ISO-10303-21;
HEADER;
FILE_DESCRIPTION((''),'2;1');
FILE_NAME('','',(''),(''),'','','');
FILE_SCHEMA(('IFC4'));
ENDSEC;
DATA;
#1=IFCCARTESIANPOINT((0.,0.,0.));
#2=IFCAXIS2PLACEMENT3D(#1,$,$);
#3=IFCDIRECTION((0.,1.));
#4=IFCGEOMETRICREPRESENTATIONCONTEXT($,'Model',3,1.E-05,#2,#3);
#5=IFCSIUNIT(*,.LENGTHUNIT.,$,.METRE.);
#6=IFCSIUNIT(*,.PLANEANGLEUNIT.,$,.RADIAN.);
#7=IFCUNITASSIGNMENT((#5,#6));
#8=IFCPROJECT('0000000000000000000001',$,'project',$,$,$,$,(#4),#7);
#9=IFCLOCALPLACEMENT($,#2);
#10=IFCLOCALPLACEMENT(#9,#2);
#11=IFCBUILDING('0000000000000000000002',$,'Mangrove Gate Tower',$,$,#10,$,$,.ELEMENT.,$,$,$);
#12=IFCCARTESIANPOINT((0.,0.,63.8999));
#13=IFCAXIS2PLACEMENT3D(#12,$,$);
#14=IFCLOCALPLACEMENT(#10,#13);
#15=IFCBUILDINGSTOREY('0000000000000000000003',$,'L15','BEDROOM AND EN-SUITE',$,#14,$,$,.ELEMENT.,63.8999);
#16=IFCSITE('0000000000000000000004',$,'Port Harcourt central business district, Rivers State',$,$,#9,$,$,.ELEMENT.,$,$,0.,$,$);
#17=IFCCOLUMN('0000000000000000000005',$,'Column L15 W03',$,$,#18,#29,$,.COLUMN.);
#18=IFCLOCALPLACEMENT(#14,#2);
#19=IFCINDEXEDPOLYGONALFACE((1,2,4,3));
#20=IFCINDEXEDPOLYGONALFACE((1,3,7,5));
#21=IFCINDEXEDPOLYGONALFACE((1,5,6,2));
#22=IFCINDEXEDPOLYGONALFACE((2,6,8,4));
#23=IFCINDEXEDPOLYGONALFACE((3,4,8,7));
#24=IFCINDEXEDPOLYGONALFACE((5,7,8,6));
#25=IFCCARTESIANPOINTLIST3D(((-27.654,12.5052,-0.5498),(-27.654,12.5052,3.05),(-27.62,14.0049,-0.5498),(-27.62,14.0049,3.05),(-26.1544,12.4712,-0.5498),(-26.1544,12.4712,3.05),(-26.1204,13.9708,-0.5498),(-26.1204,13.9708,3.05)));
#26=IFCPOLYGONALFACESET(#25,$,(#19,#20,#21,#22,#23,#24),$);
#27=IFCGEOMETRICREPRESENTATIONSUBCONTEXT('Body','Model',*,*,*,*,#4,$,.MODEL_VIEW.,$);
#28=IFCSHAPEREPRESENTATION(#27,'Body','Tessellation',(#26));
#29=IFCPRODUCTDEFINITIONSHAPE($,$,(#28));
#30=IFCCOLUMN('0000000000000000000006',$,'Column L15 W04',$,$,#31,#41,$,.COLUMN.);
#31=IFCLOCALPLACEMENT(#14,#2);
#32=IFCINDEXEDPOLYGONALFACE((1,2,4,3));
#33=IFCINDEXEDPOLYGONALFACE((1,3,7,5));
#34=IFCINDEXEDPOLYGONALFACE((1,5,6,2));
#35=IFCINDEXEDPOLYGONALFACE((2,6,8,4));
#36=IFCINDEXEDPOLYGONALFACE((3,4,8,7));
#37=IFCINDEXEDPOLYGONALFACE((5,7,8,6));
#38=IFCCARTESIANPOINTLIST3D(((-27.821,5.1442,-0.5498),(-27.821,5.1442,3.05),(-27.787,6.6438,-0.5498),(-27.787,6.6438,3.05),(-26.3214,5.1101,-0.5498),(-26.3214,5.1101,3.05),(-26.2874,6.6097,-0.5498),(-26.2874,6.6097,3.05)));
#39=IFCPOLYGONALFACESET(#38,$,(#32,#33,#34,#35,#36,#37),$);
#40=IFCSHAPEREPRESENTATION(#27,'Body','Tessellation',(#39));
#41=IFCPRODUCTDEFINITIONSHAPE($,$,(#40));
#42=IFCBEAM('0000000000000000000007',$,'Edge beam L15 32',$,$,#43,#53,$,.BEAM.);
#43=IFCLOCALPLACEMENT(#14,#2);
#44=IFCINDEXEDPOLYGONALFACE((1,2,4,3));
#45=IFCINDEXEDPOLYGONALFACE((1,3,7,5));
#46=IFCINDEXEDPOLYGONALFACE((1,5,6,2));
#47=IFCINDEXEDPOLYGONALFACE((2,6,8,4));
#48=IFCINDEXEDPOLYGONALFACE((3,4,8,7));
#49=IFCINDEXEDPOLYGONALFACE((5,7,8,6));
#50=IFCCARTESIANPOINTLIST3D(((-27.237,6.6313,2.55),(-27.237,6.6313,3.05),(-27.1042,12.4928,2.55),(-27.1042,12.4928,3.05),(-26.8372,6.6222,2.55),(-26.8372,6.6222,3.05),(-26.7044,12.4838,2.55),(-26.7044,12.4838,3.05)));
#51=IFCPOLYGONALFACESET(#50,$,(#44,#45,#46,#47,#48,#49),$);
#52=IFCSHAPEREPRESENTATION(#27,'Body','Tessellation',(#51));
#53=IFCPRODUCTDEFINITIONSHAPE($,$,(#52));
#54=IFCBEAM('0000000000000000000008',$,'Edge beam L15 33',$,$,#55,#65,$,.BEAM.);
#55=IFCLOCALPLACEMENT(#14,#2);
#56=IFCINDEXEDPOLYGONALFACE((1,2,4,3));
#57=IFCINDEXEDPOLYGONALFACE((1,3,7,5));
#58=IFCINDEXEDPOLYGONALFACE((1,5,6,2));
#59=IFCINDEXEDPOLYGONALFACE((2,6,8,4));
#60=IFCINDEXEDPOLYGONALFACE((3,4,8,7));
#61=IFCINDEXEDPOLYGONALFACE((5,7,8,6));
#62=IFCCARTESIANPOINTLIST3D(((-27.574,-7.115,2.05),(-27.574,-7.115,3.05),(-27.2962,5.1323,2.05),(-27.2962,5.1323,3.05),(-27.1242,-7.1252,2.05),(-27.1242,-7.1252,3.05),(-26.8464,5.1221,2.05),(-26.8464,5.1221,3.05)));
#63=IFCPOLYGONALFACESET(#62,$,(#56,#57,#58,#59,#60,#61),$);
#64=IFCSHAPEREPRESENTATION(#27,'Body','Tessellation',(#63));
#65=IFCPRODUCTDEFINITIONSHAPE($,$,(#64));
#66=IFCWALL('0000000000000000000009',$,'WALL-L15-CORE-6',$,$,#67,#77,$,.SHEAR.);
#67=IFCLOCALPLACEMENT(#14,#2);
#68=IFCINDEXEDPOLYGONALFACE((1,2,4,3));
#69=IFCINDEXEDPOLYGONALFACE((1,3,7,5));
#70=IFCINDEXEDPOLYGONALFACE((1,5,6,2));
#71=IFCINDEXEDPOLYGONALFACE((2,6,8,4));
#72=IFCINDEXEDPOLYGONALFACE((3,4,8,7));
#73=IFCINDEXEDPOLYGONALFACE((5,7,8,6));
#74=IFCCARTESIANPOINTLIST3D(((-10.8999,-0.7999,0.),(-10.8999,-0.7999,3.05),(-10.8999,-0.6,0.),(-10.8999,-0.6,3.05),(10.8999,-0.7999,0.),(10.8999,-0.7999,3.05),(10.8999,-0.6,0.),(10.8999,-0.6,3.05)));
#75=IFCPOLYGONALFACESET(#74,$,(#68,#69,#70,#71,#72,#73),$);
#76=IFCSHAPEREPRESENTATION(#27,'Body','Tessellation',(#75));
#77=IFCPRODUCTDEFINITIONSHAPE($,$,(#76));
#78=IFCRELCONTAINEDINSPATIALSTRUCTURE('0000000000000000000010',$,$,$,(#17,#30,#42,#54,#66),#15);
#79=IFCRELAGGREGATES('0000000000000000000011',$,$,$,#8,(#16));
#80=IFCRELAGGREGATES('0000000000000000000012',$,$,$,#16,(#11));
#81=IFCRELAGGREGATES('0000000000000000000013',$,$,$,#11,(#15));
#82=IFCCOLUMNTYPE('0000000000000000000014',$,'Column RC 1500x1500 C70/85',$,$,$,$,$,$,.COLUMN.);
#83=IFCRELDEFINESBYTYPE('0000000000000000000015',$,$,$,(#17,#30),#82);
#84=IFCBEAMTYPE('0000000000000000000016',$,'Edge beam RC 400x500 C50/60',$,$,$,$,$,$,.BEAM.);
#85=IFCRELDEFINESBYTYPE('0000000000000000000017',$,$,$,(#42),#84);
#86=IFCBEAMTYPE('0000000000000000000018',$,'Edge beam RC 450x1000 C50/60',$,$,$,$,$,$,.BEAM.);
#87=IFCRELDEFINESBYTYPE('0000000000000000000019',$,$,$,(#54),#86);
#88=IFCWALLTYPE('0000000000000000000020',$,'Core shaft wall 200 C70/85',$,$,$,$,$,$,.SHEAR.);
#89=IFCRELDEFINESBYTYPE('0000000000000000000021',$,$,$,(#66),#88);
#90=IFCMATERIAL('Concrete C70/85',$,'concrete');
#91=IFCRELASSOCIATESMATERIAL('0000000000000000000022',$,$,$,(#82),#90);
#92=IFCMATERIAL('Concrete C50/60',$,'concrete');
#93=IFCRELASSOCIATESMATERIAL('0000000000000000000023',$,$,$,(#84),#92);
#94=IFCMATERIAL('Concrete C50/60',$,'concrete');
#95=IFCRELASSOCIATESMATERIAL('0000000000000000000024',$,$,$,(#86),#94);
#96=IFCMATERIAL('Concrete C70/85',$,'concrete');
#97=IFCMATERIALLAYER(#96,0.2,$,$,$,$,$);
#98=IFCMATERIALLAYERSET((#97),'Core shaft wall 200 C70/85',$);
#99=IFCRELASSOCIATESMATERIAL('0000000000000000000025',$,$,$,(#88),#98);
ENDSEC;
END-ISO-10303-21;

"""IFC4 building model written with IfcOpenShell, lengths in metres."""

from ifc_helpers import new_model, si_unit, direction, frame, frame_2d, origin, origin_2d, place, context, subcontext, project, spatial, rectangle, extrude, material, layer, layer_set, material_profile, profile_set, type_object, element, save


model = new_model("IFC4")

# Units and contexts
model_context = context("Model", 3, precision=1e-05, world=origin(), true_north=direction((0.0, 1.0)))
body_context = subcontext(model_context, "Body", "Model", "MODEL_VIEW")
ifc_project = project(units=[si_unit("LENGTHUNIT", "METRE"), si_unit("PLANEANGLEUNIT", "RADIAN")], contexts=[model_context])

# Site, building, storey
site_placement = place(None, origin())
site = spatial("IfcSite", under=ifc_project, at=site_placement, Name="Port Harcourt central business district, Rivers State", CompositionType="ELEMENT", RefElevation=0.0)
building_placement = place(site_placement, origin())
building = spatial("IfcBuilding", under=site, at=building_placement, Name="Mangrove Gate Tower", CompositionType="ELEMENT")
storey_placement = place(building_placement, frame((0.0, 0.0, 63.8999)))
storey = spatial("IfcBuildingStorey", under=building, at=storey_placement, Name="L15", Description="BEDROOM AND EN-SUITE", CompositionType="ELEMENT", Elevation=63.8999)

# Columns
ifc_material_1 = material(Name="Concrete C70/85", Category="concrete")
ifc_material_profile_1 = material_profile(ifc_material_1, rectangle(XDim=1.5, YDim=1.5, at=origin_2d()))
ifc_profile_set_1 = profile_set([ifc_material_profile_1], Name="Concrete C70/85")
column_type = type_object("IfcColumnType", Name="Column RC 1500x1500 C70/85", PredefinedType="COLUMN", material=ifc_profile_set_1)
for number, where, z_axis, x_axis, name in (
    (1, (-26.8872, 13.238, -0.5498), (0.0, 0.0, 1.0), (-0.022683, -0.999743, 0.0), "Column L15 W03"),
    (2, (-27.0542, 5.877, -0.5498), (0.0, 0.0, 1.0), (-0.022687, -0.999743, 0.0), "Column L15 W04"),
):
    element("IfcColumn", number, at=place(storey_placement, frame(where, z_axis=z_axis, x_axis=x_axis)), inside=storey, type_object=column_type, Name=name, PredefinedType="COLUMN", context=body_context, shape_type="SweptSolid", body=[
        extrude(rectangle(XDim=1.5, YDim=1.5, at=origin_2d()), origin(), (0.0, 0.0, 1.0), 3.5999),
    ])

# Beams
ifc_material_2 = material(Name="Concrete C50/60", Category="concrete")
ifc_material_profile_2 = material_profile(ifc_material_2, rectangle(XDim=0.3999, YDim=0.5, at=origin_2d()))
ifc_profile_set_2 = profile_set([ifc_material_profile_2], Name="Concrete C50/60")
beam_type_1 = type_object("IfcBeamType", Name="Edge beam RC 400x500 C50/60", PredefinedType="BEAM", material=ifc_profile_set_2)
beam_1_placement = place(storey_placement, frame((-26.9043, 12.4883, 2.8), z_axis=(-0.022652, -0.999743, 0.0), x_axis=(0.999743, -0.022652, 0.0)))
element("IfcBeam", 3, at=beam_1_placement, inside=storey, type_object=beam_type_1, Name="Edge beam L15 32", PredefinedType="BEAM", context=body_context, shape_type="SweptSolid", body=[
    extrude(rectangle(XDim=0.3999, YDim=0.5, at=origin_2d()), origin(), (0.0, 0.0, 1.0), 5.863),
])
ifc_material_3 = material(Name="Concrete C50/60", Category="concrete")
ifc_material_profile_3 = material_profile(ifc_material_3, rectangle(XDim=0.45, YDim=1.0, at=origin_2d()))
ifc_profile_set_3 = profile_set([ifc_material_profile_3], Name="Concrete C50/60")
beam_type_2 = type_object("IfcBeamType", Name="Edge beam RC 450x1000 C50/60", PredefinedType="BEAM", material=ifc_profile_set_3)
beam_2_placement = place(storey_placement, frame((-27.0713, 5.1272, 2.55), z_axis=(-0.022679, -0.999743, 0.0), x_axis=(0.999743, -0.022679, 0.0)))
element("IfcBeam", 4, at=beam_2_placement, inside=storey, type_object=beam_type_2, Name="Edge beam L15 33", PredefinedType="BEAM", context=body_context, shape_type="SweptSolid", body=[
    extrude(rectangle(XDim=0.45, YDim=1.0, at=origin_2d()), origin(), (0.0, 0.0, 1.0), 12.2505),
])

# Wall
ifc_material_4 = material(Name="Concrete C70/85", Category="concrete")
ifc_layer_1 = layer(ifc_material_4, 0.2)
ifc_layer_set_1 = layer_set([ifc_layer_1], Name="Core shaft wall 200 C70/85")
wall_type_1 = type_object("IfcWallType", Name="Core shaft wall 200 C70/85", PredefinedType="SHEAR", material=ifc_layer_set_1)
wall_1_placement = place(storey_placement, frame((-10.8999, -0.7, 0.0), z_axis=(0.0, 0.0, 1.0), x_axis=(1.0, 0.0, 0.0)))
element("IfcWall", 5, at=wall_1_placement, inside=storey, type_object=wall_type_1, Name="WALL-L15-CORE-6", PredefinedType="SHEAR", context=body_context, shape_type="SweptSolid", body=[
    extrude(rectangle(XDim=21.7998, YDim=0.2, at=frame_2d((10.8999, 0.0))), origin(), (0.0, 0.0, 1.0), 3.05),
])

save(model, "model.ifc")
